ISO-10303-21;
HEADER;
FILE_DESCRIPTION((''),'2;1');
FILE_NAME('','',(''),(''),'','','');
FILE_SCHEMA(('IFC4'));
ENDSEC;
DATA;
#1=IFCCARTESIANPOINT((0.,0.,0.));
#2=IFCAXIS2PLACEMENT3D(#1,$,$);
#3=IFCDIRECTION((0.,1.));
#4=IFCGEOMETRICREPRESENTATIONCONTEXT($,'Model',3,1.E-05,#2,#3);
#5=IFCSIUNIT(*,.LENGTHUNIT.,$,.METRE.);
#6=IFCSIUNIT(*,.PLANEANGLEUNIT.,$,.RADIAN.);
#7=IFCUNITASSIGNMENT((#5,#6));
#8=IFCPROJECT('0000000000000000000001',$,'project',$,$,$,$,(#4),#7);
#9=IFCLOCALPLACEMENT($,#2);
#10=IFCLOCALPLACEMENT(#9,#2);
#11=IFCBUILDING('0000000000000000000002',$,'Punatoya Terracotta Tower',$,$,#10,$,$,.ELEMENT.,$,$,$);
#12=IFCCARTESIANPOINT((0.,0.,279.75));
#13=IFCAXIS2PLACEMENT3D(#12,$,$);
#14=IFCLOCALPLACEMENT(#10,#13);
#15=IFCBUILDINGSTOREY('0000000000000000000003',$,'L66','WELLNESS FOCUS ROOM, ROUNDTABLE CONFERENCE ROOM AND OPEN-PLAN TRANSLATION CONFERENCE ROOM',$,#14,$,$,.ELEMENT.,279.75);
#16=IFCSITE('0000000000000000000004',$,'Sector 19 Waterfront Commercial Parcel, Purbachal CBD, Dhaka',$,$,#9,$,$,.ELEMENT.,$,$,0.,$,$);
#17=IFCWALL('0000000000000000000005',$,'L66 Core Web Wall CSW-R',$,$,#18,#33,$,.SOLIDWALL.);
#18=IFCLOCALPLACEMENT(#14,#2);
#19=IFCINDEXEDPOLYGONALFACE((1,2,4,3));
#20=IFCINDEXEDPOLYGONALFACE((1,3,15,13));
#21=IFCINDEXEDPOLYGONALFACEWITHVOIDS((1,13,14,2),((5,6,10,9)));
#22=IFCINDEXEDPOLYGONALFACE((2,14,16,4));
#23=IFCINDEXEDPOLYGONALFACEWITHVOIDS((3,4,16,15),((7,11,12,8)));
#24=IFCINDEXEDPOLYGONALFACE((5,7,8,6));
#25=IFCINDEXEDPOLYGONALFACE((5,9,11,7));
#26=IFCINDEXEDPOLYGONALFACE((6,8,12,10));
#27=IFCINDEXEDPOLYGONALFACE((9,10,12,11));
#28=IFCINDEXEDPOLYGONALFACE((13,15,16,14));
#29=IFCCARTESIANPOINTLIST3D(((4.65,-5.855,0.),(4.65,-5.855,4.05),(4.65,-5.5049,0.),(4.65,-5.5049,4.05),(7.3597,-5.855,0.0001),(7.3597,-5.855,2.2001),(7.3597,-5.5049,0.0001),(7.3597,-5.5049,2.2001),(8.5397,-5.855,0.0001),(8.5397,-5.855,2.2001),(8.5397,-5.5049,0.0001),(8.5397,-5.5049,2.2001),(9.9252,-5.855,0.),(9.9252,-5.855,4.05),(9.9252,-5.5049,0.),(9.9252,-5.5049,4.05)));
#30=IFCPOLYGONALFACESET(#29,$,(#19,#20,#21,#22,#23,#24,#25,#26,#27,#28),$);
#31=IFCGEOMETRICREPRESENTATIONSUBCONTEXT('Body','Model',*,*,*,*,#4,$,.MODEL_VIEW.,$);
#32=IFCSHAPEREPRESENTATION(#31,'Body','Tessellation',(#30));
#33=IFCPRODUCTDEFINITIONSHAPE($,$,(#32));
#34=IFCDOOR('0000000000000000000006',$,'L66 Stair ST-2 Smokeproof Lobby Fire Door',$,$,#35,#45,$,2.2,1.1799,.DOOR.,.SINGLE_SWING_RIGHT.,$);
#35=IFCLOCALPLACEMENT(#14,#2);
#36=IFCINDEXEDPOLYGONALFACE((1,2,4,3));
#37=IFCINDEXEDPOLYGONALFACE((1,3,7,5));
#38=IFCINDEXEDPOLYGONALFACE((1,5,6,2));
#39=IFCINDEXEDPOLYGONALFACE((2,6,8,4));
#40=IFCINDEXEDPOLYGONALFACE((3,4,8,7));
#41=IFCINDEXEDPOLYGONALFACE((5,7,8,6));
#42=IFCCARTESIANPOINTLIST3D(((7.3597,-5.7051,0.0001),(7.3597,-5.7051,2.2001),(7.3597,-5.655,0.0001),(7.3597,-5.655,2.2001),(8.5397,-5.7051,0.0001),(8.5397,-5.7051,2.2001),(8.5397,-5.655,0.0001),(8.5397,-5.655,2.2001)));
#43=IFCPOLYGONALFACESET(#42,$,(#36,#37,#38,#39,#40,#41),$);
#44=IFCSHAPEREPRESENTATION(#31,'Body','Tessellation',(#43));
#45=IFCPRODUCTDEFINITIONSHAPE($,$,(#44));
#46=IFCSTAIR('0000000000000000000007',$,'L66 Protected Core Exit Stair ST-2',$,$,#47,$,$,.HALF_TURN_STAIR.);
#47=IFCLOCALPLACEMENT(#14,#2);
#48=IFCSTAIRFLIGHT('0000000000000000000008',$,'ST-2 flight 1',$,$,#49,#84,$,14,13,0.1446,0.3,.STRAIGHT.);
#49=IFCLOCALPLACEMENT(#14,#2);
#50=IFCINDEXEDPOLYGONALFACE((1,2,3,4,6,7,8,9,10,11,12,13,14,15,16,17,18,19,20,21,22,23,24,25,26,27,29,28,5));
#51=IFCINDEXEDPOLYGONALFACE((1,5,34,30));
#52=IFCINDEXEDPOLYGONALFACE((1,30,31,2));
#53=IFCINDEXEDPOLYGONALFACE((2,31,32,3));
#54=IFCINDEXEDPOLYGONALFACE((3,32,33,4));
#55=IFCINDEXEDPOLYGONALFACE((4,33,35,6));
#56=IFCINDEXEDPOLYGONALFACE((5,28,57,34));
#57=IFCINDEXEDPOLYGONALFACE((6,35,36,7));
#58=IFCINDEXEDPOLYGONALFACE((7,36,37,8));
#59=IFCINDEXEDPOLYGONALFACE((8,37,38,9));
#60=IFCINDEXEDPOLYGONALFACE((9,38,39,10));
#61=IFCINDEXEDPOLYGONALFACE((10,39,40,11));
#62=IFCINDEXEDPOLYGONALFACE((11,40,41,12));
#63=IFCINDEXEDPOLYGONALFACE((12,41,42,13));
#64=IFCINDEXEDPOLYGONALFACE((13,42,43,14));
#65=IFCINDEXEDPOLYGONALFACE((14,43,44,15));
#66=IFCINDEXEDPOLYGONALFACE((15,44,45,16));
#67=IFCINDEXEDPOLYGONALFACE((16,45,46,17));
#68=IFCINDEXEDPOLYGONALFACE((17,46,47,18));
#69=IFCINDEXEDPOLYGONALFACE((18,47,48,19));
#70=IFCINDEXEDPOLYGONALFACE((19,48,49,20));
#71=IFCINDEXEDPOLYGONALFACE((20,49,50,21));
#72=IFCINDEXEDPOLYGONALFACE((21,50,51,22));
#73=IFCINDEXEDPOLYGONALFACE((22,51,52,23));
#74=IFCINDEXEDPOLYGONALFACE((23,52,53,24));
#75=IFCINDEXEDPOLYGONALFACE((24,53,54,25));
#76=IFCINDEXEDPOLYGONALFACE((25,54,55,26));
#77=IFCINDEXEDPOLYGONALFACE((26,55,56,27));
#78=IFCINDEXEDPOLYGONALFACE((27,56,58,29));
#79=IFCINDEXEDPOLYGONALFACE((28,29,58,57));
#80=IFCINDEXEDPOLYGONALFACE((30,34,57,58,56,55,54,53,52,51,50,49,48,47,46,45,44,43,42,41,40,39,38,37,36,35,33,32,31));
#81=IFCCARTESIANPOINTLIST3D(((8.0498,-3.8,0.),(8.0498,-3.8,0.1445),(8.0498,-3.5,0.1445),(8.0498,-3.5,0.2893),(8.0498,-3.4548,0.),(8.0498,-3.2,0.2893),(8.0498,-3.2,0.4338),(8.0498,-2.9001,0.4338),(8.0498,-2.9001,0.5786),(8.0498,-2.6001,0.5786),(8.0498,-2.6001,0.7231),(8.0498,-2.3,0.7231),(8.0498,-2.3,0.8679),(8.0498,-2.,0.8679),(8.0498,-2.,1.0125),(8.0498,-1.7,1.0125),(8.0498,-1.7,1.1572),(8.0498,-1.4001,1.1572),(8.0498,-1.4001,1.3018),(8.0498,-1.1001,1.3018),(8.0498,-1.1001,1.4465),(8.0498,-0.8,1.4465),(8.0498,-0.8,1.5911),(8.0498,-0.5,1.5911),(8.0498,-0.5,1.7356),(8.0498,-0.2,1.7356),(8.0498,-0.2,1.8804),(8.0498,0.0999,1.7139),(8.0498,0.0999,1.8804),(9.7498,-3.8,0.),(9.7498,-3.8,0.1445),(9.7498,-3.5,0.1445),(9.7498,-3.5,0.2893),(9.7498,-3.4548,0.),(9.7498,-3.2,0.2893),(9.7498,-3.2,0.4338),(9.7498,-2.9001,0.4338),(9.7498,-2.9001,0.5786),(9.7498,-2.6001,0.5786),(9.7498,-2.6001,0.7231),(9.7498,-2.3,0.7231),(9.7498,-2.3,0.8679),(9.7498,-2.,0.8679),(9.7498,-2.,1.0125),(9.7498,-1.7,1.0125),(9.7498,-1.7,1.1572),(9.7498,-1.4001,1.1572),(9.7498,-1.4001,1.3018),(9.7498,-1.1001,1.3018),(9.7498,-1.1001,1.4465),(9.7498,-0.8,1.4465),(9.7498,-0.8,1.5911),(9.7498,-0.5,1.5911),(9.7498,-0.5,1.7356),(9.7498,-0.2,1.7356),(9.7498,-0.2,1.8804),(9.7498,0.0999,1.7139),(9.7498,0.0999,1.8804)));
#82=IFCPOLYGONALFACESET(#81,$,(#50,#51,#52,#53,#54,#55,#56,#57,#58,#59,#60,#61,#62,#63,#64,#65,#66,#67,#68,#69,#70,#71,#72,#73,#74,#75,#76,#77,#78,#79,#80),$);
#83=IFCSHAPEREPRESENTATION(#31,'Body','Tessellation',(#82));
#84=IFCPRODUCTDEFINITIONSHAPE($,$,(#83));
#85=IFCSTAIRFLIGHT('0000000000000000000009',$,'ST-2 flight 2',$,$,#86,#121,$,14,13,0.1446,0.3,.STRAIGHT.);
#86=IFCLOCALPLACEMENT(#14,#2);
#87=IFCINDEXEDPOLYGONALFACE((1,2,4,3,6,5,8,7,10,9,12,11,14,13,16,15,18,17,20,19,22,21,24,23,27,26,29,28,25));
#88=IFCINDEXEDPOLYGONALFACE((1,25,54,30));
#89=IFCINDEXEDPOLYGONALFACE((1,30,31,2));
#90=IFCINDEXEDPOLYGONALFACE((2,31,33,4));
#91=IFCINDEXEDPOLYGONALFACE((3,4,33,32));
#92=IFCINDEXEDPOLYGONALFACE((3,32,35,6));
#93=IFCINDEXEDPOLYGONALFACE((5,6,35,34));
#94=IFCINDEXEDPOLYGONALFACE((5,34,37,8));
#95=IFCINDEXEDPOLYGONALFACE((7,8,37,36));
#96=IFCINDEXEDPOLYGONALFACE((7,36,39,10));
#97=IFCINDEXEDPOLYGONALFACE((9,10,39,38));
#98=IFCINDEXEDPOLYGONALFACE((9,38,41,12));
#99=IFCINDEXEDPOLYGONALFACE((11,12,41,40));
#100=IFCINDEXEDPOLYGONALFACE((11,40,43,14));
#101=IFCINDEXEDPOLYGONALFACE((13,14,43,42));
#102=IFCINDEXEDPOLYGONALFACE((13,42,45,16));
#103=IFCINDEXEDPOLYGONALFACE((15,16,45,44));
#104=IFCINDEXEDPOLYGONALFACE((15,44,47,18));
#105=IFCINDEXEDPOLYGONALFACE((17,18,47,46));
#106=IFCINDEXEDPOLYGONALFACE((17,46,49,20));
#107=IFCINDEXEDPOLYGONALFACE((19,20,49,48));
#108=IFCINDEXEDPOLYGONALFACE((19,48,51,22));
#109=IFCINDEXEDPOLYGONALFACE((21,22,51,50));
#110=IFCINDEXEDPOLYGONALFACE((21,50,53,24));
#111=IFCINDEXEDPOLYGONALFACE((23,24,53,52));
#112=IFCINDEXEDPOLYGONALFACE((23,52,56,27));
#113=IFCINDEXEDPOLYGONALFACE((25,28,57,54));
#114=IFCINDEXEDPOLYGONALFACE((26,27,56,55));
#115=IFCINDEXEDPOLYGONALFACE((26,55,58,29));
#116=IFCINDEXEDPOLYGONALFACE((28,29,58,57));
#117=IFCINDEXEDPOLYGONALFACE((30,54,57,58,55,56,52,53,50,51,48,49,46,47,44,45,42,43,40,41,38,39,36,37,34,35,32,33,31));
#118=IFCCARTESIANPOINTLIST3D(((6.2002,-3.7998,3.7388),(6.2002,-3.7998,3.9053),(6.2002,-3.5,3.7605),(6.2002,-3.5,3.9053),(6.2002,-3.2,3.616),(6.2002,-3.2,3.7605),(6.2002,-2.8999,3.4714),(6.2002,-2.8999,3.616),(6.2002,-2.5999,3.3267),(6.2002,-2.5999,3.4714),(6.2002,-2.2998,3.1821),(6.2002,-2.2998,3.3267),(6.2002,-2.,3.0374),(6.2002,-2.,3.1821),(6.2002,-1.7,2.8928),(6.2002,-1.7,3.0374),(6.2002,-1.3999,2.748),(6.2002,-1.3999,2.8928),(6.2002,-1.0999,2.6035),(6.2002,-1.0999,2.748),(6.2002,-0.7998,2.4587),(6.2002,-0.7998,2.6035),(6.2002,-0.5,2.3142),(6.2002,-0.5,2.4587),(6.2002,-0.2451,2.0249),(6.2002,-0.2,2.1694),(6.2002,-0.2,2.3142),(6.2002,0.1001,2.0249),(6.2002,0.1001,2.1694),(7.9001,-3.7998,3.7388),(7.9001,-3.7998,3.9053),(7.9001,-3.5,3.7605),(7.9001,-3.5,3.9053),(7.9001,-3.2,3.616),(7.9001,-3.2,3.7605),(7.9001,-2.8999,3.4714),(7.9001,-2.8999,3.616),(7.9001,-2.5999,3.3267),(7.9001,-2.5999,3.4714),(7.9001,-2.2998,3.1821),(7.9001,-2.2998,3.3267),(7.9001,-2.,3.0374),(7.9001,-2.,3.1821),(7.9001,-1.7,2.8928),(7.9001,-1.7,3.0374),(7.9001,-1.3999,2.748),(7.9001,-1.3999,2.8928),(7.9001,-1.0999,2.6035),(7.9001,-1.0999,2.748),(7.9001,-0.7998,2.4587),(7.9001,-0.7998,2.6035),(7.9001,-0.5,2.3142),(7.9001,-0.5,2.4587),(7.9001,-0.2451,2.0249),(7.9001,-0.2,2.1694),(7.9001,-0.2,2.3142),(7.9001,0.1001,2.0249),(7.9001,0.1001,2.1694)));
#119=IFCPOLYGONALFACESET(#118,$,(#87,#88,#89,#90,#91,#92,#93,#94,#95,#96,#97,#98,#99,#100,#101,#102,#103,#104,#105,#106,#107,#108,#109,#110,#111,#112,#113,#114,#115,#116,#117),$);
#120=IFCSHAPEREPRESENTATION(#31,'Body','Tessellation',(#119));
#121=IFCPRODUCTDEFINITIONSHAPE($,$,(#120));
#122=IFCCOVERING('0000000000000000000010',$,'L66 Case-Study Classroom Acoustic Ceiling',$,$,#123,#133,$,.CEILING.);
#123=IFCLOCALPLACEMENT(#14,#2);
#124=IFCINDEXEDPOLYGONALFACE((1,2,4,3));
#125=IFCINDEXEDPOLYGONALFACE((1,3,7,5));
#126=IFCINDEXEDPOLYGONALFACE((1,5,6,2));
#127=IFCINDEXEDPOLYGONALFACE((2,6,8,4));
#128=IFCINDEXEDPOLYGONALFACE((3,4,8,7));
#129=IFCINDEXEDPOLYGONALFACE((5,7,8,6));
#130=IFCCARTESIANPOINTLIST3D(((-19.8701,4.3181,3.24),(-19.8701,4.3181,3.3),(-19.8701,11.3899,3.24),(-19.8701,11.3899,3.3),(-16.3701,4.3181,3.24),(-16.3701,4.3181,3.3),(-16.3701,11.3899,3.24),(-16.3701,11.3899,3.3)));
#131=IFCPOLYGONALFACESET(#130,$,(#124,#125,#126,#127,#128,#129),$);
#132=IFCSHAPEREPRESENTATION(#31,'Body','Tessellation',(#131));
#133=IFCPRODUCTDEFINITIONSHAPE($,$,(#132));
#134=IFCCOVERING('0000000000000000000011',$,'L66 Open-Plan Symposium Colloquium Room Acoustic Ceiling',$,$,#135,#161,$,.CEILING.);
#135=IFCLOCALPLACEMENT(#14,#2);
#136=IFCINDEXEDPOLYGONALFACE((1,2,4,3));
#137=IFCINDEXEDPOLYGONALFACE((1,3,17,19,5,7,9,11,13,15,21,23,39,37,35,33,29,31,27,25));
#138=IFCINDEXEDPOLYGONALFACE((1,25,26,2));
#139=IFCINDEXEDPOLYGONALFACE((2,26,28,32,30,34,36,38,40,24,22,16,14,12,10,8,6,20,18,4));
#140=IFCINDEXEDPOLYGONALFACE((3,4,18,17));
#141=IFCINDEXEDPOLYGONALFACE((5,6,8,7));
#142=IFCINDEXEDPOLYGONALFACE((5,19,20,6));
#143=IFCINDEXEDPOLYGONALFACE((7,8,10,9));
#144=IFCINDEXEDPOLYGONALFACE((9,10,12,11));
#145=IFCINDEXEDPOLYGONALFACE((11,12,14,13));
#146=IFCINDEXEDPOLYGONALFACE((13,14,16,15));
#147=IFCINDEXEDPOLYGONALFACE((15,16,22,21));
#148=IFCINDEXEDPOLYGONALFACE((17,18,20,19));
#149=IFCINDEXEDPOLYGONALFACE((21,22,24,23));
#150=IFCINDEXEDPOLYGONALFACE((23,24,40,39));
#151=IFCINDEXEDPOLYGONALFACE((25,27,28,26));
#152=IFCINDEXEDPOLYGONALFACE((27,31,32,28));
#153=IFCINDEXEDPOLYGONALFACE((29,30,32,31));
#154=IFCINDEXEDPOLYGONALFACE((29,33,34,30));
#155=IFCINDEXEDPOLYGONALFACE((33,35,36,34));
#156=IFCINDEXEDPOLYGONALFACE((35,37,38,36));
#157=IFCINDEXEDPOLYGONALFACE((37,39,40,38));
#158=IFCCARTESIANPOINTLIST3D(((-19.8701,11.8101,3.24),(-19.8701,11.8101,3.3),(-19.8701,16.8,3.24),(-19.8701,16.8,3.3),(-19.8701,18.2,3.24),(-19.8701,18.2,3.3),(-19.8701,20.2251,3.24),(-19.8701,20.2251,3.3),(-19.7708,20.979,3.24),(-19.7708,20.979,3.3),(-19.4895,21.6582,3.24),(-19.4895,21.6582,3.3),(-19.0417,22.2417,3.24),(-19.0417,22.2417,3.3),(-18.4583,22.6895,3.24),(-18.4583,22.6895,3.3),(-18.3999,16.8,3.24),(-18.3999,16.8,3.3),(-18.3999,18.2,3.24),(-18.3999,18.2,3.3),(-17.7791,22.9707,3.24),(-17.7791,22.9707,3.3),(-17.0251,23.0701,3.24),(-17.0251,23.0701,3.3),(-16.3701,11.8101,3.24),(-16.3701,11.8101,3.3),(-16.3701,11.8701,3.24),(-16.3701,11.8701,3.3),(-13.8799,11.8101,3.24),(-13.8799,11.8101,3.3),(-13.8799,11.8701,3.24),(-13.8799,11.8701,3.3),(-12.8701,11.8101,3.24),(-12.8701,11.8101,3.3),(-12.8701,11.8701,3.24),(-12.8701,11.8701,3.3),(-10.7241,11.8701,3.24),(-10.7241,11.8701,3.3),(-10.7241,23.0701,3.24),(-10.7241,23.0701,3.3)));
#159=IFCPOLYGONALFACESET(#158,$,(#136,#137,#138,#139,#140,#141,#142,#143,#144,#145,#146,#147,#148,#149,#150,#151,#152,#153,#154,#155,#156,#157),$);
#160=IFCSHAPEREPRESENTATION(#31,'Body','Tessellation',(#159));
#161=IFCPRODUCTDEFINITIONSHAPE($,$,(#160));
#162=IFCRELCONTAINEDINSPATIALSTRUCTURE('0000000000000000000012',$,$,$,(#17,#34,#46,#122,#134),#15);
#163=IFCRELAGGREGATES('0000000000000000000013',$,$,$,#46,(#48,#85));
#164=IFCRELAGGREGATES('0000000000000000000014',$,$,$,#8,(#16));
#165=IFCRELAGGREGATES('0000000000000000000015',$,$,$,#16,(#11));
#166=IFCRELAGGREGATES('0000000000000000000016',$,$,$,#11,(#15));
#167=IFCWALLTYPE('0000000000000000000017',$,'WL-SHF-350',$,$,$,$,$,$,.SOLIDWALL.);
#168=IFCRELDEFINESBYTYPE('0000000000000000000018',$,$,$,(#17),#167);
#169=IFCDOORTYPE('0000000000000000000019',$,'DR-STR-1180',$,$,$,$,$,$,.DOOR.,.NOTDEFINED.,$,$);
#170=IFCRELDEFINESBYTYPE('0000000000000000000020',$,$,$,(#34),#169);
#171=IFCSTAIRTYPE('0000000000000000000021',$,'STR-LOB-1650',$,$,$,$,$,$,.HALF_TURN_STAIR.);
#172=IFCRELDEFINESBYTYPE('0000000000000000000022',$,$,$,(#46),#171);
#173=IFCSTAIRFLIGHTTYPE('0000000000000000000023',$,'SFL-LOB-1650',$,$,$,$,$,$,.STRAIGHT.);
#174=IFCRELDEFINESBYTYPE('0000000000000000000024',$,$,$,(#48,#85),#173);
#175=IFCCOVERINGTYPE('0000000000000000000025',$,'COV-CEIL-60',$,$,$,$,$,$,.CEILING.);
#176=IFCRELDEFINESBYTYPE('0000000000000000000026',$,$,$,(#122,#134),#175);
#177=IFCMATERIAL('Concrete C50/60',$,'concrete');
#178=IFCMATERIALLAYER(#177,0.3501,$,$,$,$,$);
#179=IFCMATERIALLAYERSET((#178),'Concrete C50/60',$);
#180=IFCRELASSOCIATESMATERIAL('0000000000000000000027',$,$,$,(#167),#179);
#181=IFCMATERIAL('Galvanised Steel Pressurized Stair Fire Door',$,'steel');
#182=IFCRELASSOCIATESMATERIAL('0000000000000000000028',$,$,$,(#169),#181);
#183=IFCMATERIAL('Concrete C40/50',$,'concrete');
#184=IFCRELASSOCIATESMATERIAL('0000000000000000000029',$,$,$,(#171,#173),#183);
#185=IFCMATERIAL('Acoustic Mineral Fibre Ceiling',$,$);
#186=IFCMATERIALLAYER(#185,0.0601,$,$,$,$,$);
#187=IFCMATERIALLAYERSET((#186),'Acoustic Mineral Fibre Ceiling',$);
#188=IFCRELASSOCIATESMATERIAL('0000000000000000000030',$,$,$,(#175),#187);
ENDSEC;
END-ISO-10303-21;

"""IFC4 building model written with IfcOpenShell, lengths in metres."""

from ifc_helpers import new_model, si_unit, direction, frame, frame_2d, origin, place, context, subcontext, project, spatial, polyline, rectangle, outline, extrude, material, layer, layer_set, type_object, element, fill, aggregate, save


model = new_model("IFC4")

# Units and contexts
model_context = context("Model", 3, precision=1e-05, world=origin(), true_north=direction((0.0, 1.0)))
body_context = subcontext(model_context, "Body", "Model", "MODEL_VIEW")
ifc_project = project(units=[si_unit("LENGTHUNIT", "METRE"), si_unit("PLANEANGLEUNIT", "RADIAN")], contexts=[model_context])

# Site, building, storey
site_placement = place(None, origin())
site = spatial("IfcSite", under=ifc_project, at=site_placement, Name="Sector 19 Waterfront Commercial Parcel, Purbachal CBD, Dhaka", CompositionType="ELEMENT", RefElevation=0.0)
building_placement = place(site_placement, origin())
building = spatial("IfcBuilding", under=site, at=building_placement, Name="Punatoya Terracotta Tower", CompositionType="ELEMENT")
storey_placement = place(building_placement, frame((0.0, 0.0, 279.75)))
storey = spatial("IfcBuildingStorey", under=building, at=storey_placement, Name="L66", Description="WELLNESS FOCUS ROOM, ROUNDTABLE CONFERENCE ROOM AND OPEN-PLAN TRANSLATION CONFERENCE ROOM", CompositionType="ELEMENT", Elevation=279.75)

# Shared definitions
ifc_material_1 = material(Name="Concrete C40/50", Category="concrete")

# Wall, opening, door
ifc_material_2 = material(Name="Concrete C50/60", Category="concrete")
ifc_layer_1 = layer(ifc_material_2, 0.3501)
ifc_layer_set_1 = layer_set([ifc_layer_1], Name="Concrete C50/60")
wall_type_1 = type_object("IfcWallType", Name="WL-SHF-350", PredefinedType="SOLIDWALL", material=ifc_layer_set_1)
wall_1_placement = place(storey_placement, frame((4.6499, -5.6799, 0.0), z_axis=(0.0, 0.0, 1.0), x_axis=(1.0, 0.0, 0.0)))
wall_1 = element("IfcWall", 1, at=wall_1_placement, inside=storey, type_object=wall_type_1, Name="L66 Core Web Wall CSW-R", PredefinedType="SOLIDWALL", context=body_context, shape_type="SweptSolid", body=[
    extrude(rectangle(XDim=5.2751, YDim=0.3501, at=frame_2d((2.6377, 0.0))), origin(), (0.0, 0.0, 1.0), 4.05),
])
opening_1_placement = place(wall_1_placement, frame((2.71, 0.0, 0.0)))
opening_1 = element("IfcOpeningElement", 2, at=opening_1_placement, cuts=wall_1, PredefinedType="OPENING", context=body_context, shape_type="SweptSolid", body=[
    extrude(rectangle(XDim=1.1799, YDim=2.2, at=frame_2d((0.5898, 1.1001))), frame((0.0, 0.1851, 0.0), z_axis=(0.0, -1.0, 0.0), x_axis=(1.0, 0.0, 0.0)), (0.0, 0.0, 1.0), 0.3701),
])
ifc_material_3 = material(Name="Galvanised Steel Pressurized Stair Fire Door", Category="steel")
door_type_1 = type_object("IfcDoorType", Name="DR-STR-1180", OperationType="NOTDEFINED", PredefinedType="DOOR", material=ifc_material_3)
door_1_placement = place(opening_1_placement, origin())
door_1 = element("IfcDoor", 3, at=door_1_placement, inside=storey, type_object=door_type_1, Name="L66 Stair ST-2 Smokeproof Lobby Fire Door", OperationType="SINGLE_SWING_RIGHT", OverallHeight=2.2, OverallWidth=1.1799, PredefinedType="DOOR", context=body_context, shape_type="SweptSolid", body=[
    extrude(rectangle(XDim=1.1799, YDim=2.2, at=frame_2d((0.5898, 1.1001))), frame((0.0, 0.0249, 0.0), z_axis=(0.0, -1.0, 0.0), x_axis=(1.0, 0.0, 0.0)), (0.0, 0.0, 1.0), 0.05),
])
fill(opening_1, door_1)

# Stair, stair flights
stair_type = type_object("IfcStairType", Name="STR-LOB-1650", PredefinedType="HALF_TURN_STAIR", material=ifc_material_1)
stair_placement = place(storey_placement, origin())
stair = element("IfcStair", 4, at=stair_placement, inside=storey, type_object=stair_type, Name="L66 Protected Core Exit Stair ST-2", PredefinedType="HALF_TURN_STAIR")
stair_flight_type = type_object("IfcStairFlightType", Name="SFL-LOB-1650", PredefinedType="STRAIGHT", material=ifc_material_1)
stair_flight_1_placement = place(storey_placement, frame((8.8999, -3.8, 0.0), z_axis=(0.0, 0.0, 1.0), x_axis=(0.0, 1.0, 0.0)))
stair_flight_1 = element("IfcStairFlight", 5, at=stair_flight_1_placement, type_object=stair_flight_type, Name="ST-2 flight 1", NumberOfRisers=14, NumberOfTreads=13, PredefinedType="STRAIGHT", RiserHeight=0.1446, TreadLength=0.3, context=body_context, shape_type="SweptSolid", body=[
    extrude(outline(polyline([(0.0, 0.0), (0.0, 0.1445), (0.3, 0.1445), (0.3, 0.2893), (0.6001, 0.2893), (0.6001, 0.4338), (0.8999, 0.4338), (0.8999, 0.5786), (1.2, 0.5786), (1.2, 0.7231), (1.5, 0.7231), (1.5, 0.8679), (1.8, 0.8679), (1.8, 1.0125), (2.1001, 1.0125), (2.1001, 1.1572), (2.3999, 1.1572), (2.3999, 1.3018), (2.7, 1.3018), (2.7, 1.4465), (3.0, 1.4465), (3.0, 1.5911), (3.3, 1.5911), (3.3, 1.7356), (3.6001, 1.7356), (3.6001, 1.8804), (3.8999, 1.8804), (3.8999, 2.0249), (3.8999, 1.7139), (0.3452, 0.0), (0.0, 0.0)])), frame((0.0, 0.8501, 0.0), z_axis=(0.0, -1.0, 0.0), x_axis=(1.0, 0.0, 0.0)), (0.0, 0.0, 1.0), 1.7),
])
stair_flight_2_placement = place(storey_placement, frame((7.05, 0.1001, 2.0249), z_axis=(0.0, 0.0, 1.0), x_axis=(0.0, -1.0, 0.0)))
stair_flight_2 = element("IfcStairFlight", 6, at=stair_flight_2_placement, type_object=stair_flight_type, Name="ST-2 flight 2", NumberOfRisers=14, NumberOfTreads=13, PredefinedType="STRAIGHT", RiserHeight=0.1446, TreadLength=0.3, context=body_context, shape_type="SweptSolid", body=[
    extrude(outline(polyline([(0.0, 0.0), (0.0, 0.1445), (0.3, 0.1445), (0.3, 0.2893), (0.6001, 0.2893), (0.6001, 0.4338), (0.8999, 0.4338), (0.8999, 0.5786), (1.2, 0.5786), (1.2, 0.7231), (1.5, 0.7231), (1.5, 0.8679), (1.8, 0.8679), (1.8, 1.0125), (2.1001, 1.0125), (2.1001, 1.1572), (2.3999, 1.1572), (2.3999, 1.3018), (2.7, 1.3018), (2.7, 1.4465), (3.0, 1.4465), (3.0, 1.5911), (3.3, 1.5911), (3.3, 1.7356), (3.6001, 1.7356), (3.6001, 1.8804), (3.8999, 1.8804), (3.8999, 2.0249), (3.8999, 1.7139), (0.3452, 0.0), (0.0, 0.0)])), frame((0.0, 0.8501, 0.0), z_axis=(0.0, -1.0, 0.0), x_axis=(1.0, 0.0, 0.0)), (0.0, 0.0, 1.0), 1.7),
])
aggregate(stair, [stair_flight_1, stair_flight_2])

# Coverings
ifc_material_4 = material(Name="Acoustic Mineral Fibre Ceiling")
ifc_layer_2 = layer(ifc_material_4, 0.0601)
ifc_layer_set_2 = layer_set([ifc_layer_2], Name="Acoustic Mineral Fibre Ceiling")
covering_type = type_object("IfcCoveringType", Name="COV-CEIL-60", PredefinedType="CEILING", material=ifc_layer_set_2)
covering_1_placement = place(storey_placement, frame((0.0, 0.0, 3.24)))
element("IfcCovering", 7, at=covering_1_placement, inside=storey, type_object=covering_type, Name="L66 Case-Study Classroom Acoustic Ceiling", PredefinedType="CEILING", context=body_context, shape_type="SweptSolid", body=[
    extrude(outline(polyline([(-19.8701, 11.3899), (-19.8701, 4.3181), (-16.3701, 4.3181), (-16.3701, 11.3899), (-19.8701, 11.3899)])), origin(), (0.0, 0.0, 1.0), 0.0601),
])
covering_2_placement = place(storey_placement, frame((0.0, 0.0, 3.24)))
element("IfcCovering", 8, at=covering_2_placement, inside=storey, type_object=covering_type, Name="L66 Open-Plan Symposium Colloquium Room Acoustic Ceiling", PredefinedType="CEILING", context=body_context, shape_type="SweptSolid", body=[
    extrude(outline(polyline([(-19.8701, 16.8), (-19.8701, 11.8101), (-16.3701, 11.8101), (-16.3701, 11.8701), (-13.8799, 11.8701), (-13.8799, 11.8101), (-12.8701, 11.8101), (-12.8701, 11.8701), (-10.7241, 11.8701), (-10.7241, 23.0701), (-17.0251, 23.0701), (-17.7791, 22.9707), (-18.4583, 22.6895), (-19.0417, 22.2417), (-19.4895, 21.6582), (-19.7708, 20.979), (-19.8701, 20.2251), (-19.8701, 18.2), (-18.3999, 18.2), (-18.3999, 16.8), (-19.8701, 16.8)])), origin(), (0.0, 0.0, 1.0), 0.0601),
])

save(model, "model.ifc")
